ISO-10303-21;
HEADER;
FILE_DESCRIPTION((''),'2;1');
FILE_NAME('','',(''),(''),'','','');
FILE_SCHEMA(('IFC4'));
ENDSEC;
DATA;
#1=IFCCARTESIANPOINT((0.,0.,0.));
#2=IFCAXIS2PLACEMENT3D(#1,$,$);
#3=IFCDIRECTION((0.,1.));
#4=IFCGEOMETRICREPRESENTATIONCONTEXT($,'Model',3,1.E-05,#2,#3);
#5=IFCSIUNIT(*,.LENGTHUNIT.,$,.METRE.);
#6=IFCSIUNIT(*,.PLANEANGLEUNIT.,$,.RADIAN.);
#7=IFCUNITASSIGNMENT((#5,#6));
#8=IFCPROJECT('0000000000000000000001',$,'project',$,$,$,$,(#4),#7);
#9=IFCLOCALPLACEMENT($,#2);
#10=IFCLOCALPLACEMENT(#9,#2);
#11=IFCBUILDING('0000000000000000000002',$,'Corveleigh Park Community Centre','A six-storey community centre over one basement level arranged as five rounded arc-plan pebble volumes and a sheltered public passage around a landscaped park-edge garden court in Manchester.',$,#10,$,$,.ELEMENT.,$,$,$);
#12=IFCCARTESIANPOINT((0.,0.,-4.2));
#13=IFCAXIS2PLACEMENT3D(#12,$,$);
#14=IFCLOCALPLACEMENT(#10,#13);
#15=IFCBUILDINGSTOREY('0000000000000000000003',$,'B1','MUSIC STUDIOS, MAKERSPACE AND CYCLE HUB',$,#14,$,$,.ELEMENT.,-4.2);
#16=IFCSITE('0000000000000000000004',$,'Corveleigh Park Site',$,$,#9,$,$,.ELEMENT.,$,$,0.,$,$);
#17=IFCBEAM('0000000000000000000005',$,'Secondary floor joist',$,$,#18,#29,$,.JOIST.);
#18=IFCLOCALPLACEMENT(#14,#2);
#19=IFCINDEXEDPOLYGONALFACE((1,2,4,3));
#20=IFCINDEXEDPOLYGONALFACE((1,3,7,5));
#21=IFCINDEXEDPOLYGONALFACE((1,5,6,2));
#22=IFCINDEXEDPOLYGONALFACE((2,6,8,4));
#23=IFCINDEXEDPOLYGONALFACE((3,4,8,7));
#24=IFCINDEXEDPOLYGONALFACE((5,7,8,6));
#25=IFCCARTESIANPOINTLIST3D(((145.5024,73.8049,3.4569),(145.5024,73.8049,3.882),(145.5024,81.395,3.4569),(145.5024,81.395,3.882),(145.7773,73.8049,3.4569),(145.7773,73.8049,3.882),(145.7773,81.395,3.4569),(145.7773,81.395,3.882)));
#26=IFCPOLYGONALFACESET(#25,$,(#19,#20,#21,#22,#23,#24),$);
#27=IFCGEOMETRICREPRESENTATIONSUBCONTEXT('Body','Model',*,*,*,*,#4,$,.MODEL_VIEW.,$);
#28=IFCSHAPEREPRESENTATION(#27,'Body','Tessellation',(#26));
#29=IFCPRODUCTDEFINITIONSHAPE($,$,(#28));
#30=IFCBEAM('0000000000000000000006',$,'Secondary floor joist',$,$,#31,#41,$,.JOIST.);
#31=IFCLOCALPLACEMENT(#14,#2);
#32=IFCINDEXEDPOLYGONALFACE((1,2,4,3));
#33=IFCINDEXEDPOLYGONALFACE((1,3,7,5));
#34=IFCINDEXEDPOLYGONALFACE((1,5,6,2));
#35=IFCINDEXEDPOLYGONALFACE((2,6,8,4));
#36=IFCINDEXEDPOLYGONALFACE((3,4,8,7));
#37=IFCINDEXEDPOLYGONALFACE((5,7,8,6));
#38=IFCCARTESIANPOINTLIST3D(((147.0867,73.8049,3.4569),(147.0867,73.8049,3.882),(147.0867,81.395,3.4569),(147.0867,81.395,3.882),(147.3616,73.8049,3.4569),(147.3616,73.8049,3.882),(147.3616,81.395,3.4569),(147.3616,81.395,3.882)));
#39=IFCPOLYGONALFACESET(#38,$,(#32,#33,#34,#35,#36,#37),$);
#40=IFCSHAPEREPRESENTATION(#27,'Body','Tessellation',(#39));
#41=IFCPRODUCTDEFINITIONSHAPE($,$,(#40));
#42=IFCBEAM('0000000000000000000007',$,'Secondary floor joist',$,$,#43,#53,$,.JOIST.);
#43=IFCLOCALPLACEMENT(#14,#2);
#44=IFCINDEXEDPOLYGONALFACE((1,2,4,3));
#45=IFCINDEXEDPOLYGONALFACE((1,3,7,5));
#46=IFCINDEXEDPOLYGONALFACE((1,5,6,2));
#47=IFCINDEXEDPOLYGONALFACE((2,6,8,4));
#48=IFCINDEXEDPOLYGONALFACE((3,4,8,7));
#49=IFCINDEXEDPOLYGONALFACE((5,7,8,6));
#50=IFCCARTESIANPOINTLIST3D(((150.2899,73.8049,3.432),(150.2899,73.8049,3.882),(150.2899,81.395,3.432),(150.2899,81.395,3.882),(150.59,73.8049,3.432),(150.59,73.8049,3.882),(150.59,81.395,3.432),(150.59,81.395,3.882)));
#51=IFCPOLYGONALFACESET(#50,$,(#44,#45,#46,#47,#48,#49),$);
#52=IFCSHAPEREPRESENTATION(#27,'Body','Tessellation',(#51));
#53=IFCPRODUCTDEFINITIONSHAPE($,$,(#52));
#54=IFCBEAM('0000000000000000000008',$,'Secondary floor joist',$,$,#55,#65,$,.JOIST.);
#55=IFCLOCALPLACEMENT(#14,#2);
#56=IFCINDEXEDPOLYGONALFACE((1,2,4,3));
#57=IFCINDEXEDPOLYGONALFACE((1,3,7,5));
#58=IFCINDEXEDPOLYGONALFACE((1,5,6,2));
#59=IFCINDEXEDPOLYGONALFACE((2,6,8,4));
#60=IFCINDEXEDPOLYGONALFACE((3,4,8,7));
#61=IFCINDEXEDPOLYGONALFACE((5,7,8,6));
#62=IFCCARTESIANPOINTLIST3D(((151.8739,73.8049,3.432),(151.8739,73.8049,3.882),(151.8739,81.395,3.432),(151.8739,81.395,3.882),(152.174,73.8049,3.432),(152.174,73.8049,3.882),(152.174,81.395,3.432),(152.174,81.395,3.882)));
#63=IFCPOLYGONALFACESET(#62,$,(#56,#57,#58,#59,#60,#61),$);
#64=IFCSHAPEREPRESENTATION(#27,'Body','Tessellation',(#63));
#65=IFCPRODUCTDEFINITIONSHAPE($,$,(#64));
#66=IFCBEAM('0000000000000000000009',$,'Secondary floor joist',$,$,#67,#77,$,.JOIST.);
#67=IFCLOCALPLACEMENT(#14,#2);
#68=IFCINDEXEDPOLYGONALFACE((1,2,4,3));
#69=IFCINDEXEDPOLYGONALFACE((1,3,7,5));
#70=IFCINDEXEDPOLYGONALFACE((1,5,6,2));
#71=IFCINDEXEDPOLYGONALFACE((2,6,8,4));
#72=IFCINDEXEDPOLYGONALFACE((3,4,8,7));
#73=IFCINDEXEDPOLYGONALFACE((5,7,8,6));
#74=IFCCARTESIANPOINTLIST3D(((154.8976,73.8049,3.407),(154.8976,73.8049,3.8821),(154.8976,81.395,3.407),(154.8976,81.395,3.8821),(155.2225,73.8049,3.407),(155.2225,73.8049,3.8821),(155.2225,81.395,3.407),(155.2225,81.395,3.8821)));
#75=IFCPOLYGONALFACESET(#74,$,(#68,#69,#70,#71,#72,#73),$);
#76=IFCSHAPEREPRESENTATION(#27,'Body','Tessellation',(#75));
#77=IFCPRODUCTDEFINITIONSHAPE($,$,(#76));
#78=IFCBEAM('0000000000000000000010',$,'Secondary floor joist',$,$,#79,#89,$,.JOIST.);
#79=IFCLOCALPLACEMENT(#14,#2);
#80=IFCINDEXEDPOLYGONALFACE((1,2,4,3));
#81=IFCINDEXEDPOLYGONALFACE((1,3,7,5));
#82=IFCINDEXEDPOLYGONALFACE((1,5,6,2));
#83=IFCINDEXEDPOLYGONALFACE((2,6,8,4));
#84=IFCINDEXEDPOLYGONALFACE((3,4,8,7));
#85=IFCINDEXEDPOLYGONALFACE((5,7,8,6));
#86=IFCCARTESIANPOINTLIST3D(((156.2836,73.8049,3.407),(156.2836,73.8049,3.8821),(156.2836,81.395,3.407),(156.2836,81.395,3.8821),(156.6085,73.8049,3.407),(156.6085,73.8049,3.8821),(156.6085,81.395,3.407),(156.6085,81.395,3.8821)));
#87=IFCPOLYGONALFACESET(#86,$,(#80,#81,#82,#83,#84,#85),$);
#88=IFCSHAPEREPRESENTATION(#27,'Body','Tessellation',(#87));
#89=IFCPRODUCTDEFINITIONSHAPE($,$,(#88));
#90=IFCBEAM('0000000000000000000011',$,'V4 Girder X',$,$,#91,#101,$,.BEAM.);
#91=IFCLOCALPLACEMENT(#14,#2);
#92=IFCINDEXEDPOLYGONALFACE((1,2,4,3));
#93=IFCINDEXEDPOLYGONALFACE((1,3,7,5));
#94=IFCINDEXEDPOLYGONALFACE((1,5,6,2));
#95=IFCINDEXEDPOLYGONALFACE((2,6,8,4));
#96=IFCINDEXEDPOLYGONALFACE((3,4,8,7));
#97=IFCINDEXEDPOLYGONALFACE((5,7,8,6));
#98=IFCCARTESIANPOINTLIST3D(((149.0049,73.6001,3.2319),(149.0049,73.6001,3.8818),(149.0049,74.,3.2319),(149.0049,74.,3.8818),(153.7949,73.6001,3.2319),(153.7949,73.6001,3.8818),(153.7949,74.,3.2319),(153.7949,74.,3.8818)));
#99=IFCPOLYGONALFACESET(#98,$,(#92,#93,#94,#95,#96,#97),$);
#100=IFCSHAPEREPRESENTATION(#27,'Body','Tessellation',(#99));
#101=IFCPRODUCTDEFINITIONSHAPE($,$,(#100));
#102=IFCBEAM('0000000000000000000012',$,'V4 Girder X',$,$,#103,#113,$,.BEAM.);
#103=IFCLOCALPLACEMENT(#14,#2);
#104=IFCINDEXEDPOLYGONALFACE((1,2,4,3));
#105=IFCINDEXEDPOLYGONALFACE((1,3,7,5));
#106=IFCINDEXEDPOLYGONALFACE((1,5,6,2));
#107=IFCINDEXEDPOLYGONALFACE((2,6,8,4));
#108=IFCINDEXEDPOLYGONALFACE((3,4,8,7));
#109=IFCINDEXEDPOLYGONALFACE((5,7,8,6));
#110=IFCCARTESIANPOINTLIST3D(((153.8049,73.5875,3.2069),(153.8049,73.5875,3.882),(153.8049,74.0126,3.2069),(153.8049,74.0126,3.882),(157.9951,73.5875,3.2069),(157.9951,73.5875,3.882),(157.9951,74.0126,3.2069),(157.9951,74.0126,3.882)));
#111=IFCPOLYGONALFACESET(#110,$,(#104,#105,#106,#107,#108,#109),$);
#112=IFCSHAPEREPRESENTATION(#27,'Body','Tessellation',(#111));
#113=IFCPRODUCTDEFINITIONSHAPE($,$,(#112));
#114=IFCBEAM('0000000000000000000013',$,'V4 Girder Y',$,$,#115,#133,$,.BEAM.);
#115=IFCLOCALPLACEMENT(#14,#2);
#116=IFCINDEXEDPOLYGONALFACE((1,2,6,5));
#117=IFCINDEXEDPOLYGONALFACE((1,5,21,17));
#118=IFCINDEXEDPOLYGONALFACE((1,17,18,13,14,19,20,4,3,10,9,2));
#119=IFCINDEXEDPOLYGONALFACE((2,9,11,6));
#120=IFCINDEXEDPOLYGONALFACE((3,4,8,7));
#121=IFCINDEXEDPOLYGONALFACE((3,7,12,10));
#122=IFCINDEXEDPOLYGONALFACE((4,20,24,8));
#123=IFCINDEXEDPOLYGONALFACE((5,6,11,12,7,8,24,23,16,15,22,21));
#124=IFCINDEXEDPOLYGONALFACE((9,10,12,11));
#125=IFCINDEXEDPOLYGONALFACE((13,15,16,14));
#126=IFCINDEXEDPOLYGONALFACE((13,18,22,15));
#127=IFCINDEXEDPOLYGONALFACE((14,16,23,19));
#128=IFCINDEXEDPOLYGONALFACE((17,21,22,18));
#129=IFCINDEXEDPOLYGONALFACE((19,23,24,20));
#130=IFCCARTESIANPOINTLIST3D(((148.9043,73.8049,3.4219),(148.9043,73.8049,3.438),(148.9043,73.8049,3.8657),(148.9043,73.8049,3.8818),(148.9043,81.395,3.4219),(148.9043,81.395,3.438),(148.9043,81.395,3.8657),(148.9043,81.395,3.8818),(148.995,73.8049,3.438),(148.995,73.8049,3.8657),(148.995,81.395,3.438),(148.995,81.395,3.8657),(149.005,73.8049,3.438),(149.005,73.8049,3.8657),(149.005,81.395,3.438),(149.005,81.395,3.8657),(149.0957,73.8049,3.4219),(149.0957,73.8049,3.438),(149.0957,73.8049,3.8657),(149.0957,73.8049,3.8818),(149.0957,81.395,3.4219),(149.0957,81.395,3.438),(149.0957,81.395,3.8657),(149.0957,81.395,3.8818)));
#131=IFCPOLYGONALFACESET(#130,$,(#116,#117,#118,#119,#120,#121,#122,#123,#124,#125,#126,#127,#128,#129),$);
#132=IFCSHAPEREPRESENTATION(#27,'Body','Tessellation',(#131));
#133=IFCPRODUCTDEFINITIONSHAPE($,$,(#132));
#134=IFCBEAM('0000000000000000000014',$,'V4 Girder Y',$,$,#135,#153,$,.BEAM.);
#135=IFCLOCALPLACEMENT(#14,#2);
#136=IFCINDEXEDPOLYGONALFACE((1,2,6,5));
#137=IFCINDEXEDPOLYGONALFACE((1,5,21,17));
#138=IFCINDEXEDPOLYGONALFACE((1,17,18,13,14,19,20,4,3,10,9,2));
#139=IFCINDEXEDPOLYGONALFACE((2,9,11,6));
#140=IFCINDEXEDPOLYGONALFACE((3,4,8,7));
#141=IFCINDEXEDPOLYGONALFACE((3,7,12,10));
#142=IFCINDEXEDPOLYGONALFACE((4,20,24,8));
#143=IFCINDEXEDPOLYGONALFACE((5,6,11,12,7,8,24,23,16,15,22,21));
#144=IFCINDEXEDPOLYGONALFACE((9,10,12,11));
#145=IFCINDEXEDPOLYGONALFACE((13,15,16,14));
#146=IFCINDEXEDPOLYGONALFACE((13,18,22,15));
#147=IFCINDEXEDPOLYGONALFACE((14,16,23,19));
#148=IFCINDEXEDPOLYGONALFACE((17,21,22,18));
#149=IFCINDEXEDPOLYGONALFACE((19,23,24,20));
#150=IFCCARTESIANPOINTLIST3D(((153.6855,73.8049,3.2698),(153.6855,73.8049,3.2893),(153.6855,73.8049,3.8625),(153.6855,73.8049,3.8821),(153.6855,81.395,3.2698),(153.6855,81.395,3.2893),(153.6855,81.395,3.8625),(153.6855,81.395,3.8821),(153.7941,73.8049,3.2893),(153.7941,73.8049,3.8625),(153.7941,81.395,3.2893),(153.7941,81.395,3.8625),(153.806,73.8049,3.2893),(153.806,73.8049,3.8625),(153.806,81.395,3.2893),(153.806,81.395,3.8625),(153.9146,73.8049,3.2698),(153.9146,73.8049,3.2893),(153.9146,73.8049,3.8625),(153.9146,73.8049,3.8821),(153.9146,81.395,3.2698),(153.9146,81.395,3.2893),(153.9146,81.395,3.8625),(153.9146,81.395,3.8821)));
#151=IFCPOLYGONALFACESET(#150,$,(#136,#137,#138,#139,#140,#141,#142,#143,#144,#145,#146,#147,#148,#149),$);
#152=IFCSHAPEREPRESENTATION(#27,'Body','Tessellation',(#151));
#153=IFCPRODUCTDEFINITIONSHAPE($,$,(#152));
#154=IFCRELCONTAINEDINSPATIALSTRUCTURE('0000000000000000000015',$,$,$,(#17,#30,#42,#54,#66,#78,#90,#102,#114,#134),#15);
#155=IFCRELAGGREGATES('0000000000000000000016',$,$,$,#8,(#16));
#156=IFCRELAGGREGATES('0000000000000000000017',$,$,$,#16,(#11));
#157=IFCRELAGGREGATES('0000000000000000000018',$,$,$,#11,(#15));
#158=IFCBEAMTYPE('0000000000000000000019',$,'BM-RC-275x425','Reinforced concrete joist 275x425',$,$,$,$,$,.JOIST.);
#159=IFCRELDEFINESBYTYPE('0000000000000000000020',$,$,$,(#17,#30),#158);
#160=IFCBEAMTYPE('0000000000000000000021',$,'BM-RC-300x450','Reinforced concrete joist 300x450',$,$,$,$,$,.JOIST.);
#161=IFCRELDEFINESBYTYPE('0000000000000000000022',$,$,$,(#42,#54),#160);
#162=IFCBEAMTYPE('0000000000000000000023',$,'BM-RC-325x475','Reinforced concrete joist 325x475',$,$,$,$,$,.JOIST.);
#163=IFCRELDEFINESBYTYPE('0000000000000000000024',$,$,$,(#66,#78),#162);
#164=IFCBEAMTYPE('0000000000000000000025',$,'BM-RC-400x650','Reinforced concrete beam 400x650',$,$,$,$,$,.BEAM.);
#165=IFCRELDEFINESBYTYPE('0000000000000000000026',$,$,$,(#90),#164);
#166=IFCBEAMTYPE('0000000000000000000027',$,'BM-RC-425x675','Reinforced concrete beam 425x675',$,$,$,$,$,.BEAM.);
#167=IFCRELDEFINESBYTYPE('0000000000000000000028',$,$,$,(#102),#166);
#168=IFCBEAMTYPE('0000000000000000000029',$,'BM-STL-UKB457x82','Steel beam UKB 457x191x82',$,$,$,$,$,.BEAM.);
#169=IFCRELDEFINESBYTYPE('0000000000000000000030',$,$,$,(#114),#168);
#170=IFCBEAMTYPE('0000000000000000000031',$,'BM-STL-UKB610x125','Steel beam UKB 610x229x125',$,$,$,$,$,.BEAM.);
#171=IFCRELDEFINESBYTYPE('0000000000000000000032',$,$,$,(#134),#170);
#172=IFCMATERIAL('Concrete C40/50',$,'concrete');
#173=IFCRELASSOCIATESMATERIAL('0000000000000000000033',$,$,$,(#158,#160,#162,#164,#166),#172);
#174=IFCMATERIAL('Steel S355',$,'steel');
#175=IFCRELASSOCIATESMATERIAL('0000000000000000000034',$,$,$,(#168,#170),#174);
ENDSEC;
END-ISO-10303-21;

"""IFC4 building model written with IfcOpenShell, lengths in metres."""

from ifc_helpers import new_model, si_unit, direction, frame, origin, origin_2d, place, context, subcontext, project, spatial, rectangle, i_section, extrude, material, material_profile, profile_set, type_object, element, save


model = new_model("IFC4")

# Units and contexts
model_context = context("Model", 3, precision=1e-05, world=origin(), true_north=direction((0.0, 1.0)))
body_context = subcontext(model_context, "Body", "Model", "MODEL_VIEW")
ifc_project = project(units=[si_unit("LENGTHUNIT", "METRE"), si_unit("PLANEANGLEUNIT", "RADIAN")], contexts=[model_context])

# Site, building, storey
site_placement = place(None, origin())
site = spatial("IfcSite", under=ifc_project, at=site_placement, Name="Corveleigh Park Site", CompositionType="ELEMENT", RefElevation=0.0)
building_placement = place(site_placement, origin())
building = spatial("IfcBuilding", under=site, at=building_placement, Name="Corveleigh Park Community Centre", Description="A six-storey community centre over one basement level arranged as five rounded arc-plan pebble volumes and a sheltered public passage around a landscaped park-edge garden court in Manchester.", CompositionType="ELEMENT")
storey_placement = place(building_placement, frame((0.0, 0.0, -4.2)))
storey = spatial("IfcBuildingStorey", under=building, at=storey_placement, Name="B1", Description="MUSIC STUDIOS, MAKERSPACE AND CYCLE HUB", CompositionType="ELEMENT", Elevation=-4.2)

# Shared definitions
ifc_material_1 = material(Name="Concrete C40/50", Category="concrete")

# Shared definitions
ifc_material_2 = material(Name="Steel S355", Category="steel")

# Beams
ifc_material_profile_1 = material_profile(ifc_material_1, rectangle(XDim=0.2749, YDim=0.425, at=origin_2d()), Name="RC-275x425", Category="concrete")
ifc_profile_set_1 = profile_set([ifc_material_profile_1], Name="Concrete C40/50")
beam_type_1 = type_object("IfcBeamType", Name="BM-RC-275x425", Description="Reinforced concrete joist 275x425", PredefinedType="JOIST", material=ifc_profile_set_1)
for number, where, z_axis, x_axis, name in (
    (1, (145.6399, 73.8049, 3.6694), (0.0, 1.0, 0.0), (-1.0, 0.0, 0.0), "Secondary floor joist"),
    (2, (147.2241, 73.8049, 3.6694), (0.0, 1.0, 0.0), (-1.0, 0.0, 0.0), "Secondary floor joist"),
):
    element("IfcBeam", number, at=place(storey_placement, frame(where, z_axis=z_axis, x_axis=x_axis)), inside=storey, type_object=beam_type_1, Name=name, PredefinedType="JOIST", context=body_context, shape_type="SweptSolid", body=[
        extrude(rectangle(XDim=0.2749, YDim=0.425, at=origin_2d()), origin(), (0.0, 0.0, 1.0), 7.5901),
    ])
ifc_material_profile_2 = material_profile(ifc_material_1, rectangle(XDim=0.3, YDim=0.45, at=origin_2d()), Name="RC-300x450", Category="concrete")
ifc_profile_set_2 = profile_set([ifc_material_profile_2], Name="Concrete C40/50")
beam_type_2 = type_object("IfcBeamType", Name="BM-RC-300x450", Description="Reinforced concrete joist 300x450", PredefinedType="JOIST", material=ifc_profile_set_2)
for number, where, z_axis, x_axis, name in (
    (3, (150.4399, 73.8049, 3.657), (0.0, 1.0, 0.0), (-1.0, 0.0, 0.0), "Secondary floor joist"),
    (4, (152.0239, 73.8049, 3.657), (0.0, 1.0, 0.0), (-1.0, 0.0, 0.0), "Secondary floor joist"),
):
    element("IfcBeam", number, at=place(storey_placement, frame(where, z_axis=z_axis, x_axis=x_axis)), inside=storey, type_object=beam_type_2, Name=name, PredefinedType="JOIST", context=body_context, shape_type="SweptSolid", body=[
        extrude(rectangle(XDim=0.3, YDim=0.45, at=origin_2d()), origin(), (0.0, 0.0, 1.0), 7.5901),
    ])
ifc_material_profile_3 = material_profile(ifc_material_1, rectangle(XDim=0.325, YDim=0.4751, at=origin_2d()), Name="RC-325x475", Category="concrete")
ifc_profile_set_3 = profile_set([ifc_material_profile_3], Name="Concrete C40/50")
beam_type_3 = type_object("IfcBeamType", Name="BM-RC-325x475", Description="Reinforced concrete joist 325x475", PredefinedType="JOIST", material=ifc_profile_set_3)
for number, where, z_axis, x_axis, name in (
    (5, (155.0601, 73.8049, 3.6445), (0.0, 1.0, 0.0), (-1.0, 0.0, 0.0), "Secondary floor joist"),
    (6, (156.446, 73.8049, 3.6445), (0.0, 1.0, 0.0), (-1.0, 0.0, 0.0), "Secondary floor joist"),
):
    element("IfcBeam", number, at=place(storey_placement, frame(where, z_axis=z_axis, x_axis=x_axis)), inside=storey, type_object=beam_type_3, Name=name, PredefinedType="JOIST", context=body_context, shape_type="SweptSolid", body=[
        extrude(rectangle(XDim=0.325, YDim=0.4751, at=origin_2d()), origin(), (0.0, 0.0, 1.0), 7.5901),
    ])
ifc_material_profile_4 = material_profile(ifc_material_1, rectangle(XDim=0.3999, YDim=0.6499, at=origin_2d()), Name="RC-400x650", Category="concrete")
ifc_profile_set_4 = profile_set([ifc_material_profile_4], Name="Concrete C40/50")
beam_type_4 = type_object("IfcBeamType", Name="BM-RC-400x650", Description="Reinforced concrete beam 400x650", PredefinedType="BEAM", material=ifc_profile_set_4)
beam_1_placement = place(storey_placement, frame((149.0049, 73.8, 3.5569), z_axis=(1.0, 0.0, 0.0), x_axis=(0.0, 1.0, 0.0)))
element("IfcBeam", 7, at=beam_1_placement, inside=storey, type_object=beam_type_4, Name="V4 Girder X", PredefinedType="BEAM", context=body_context, shape_type="SweptSolid", body=[
    extrude(rectangle(XDim=0.3999, YDim=0.6499, at=origin_2d()), origin(), (0.0, 0.0, 1.0), 4.79),
])
ifc_material_profile_5 = material_profile(ifc_material_1, rectangle(XDim=0.425, YDim=0.675, at=origin_2d()), Name="RC-425x675", Category="concrete")
ifc_profile_set_5 = profile_set([ifc_material_profile_5], Name="Concrete C40/50")
beam_type_5 = type_object("IfcBeamType", Name="BM-RC-425x675", Description="Reinforced concrete beam 425x675", PredefinedType="BEAM", material=ifc_profile_set_5)
beam_2_placement = place(storey_placement, frame((153.8049, 73.8, 3.5444), z_axis=(1.0, 0.0, 0.0), x_axis=(0.0, 1.0, 0.0)))
element("IfcBeam", 8, at=beam_2_placement, inside=storey, type_object=beam_type_5, Name="V4 Girder X", PredefinedType="BEAM", context=body_context, shape_type="SweptSolid", body=[
    extrude(rectangle(XDim=0.425, YDim=0.675, at=origin_2d()), origin(), (0.0, 0.0, 1.0), 4.1902),
])
ifc_material_profile_6 = material_profile(ifc_material_2, i_section(OverallWidth=0.1914, OverallDepth=0.46, WebThickness=0.01, FlangeThickness=0.0161, at=origin_2d()), Name="UKB 457x191x82", Category="steel")
ifc_profile_set_6 = profile_set([ifc_material_profile_6], Name="Steel S355")
beam_type_6 = type_object("IfcBeamType", Name="BM-STL-UKB457x82", Description="Steel beam UKB 457x191x82", PredefinedType="BEAM", material=ifc_profile_set_6)
beam_3_placement = place(storey_placement, frame((149.0, 73.8049, 3.6519), z_axis=(0.0, 1.0, 0.0), x_axis=(-1.0, 0.0, 0.0)))
element("IfcBeam", 9, at=beam_3_placement, inside=storey, type_object=beam_type_6, Name="V4 Girder Y", PredefinedType="BEAM", context=body_context, shape_type="SweptSolid", body=[
    extrude(i_section(OverallWidth=0.1914, OverallDepth=0.46, WebThickness=0.01, FlangeThickness=0.0161, at=origin_2d()), origin(), (0.0, 0.0, 1.0), 7.5901),
])
ifc_material_profile_7 = material_profile(ifc_material_2, i_section(OverallWidth=0.229, OverallDepth=0.6123, WebThickness=0.012, FlangeThickness=0.0195, at=origin_2d()), Name="UKB 610x229x125", Category="steel")
ifc_profile_set_7 = profile_set([ifc_material_profile_7], Name="Steel S355")
beam_type_7 = type_object("IfcBeamType", Name="BM-STL-UKB610x125", Description="Steel beam UKB 610x229x125", PredefinedType="BEAM", material=ifc_profile_set_7)
beam_4_placement = place(storey_placement, frame((153.8, 73.8049, 3.5759), z_axis=(0.0, 1.0, 0.0), x_axis=(-1.0, 0.0, 0.0)))
element("IfcBeam", 10, at=beam_4_placement, inside=storey, type_object=beam_type_7, Name="V4 Girder Y", PredefinedType="BEAM", context=body_context, shape_type="SweptSolid", body=[
    extrude(i_section(OverallWidth=0.229, OverallDepth=0.6123, WebThickness=0.012, FlangeThickness=0.0195, at=origin_2d()), origin(), (0.0, 0.0, 1.0), 7.5901),
])

save(model, "model.ifc")
